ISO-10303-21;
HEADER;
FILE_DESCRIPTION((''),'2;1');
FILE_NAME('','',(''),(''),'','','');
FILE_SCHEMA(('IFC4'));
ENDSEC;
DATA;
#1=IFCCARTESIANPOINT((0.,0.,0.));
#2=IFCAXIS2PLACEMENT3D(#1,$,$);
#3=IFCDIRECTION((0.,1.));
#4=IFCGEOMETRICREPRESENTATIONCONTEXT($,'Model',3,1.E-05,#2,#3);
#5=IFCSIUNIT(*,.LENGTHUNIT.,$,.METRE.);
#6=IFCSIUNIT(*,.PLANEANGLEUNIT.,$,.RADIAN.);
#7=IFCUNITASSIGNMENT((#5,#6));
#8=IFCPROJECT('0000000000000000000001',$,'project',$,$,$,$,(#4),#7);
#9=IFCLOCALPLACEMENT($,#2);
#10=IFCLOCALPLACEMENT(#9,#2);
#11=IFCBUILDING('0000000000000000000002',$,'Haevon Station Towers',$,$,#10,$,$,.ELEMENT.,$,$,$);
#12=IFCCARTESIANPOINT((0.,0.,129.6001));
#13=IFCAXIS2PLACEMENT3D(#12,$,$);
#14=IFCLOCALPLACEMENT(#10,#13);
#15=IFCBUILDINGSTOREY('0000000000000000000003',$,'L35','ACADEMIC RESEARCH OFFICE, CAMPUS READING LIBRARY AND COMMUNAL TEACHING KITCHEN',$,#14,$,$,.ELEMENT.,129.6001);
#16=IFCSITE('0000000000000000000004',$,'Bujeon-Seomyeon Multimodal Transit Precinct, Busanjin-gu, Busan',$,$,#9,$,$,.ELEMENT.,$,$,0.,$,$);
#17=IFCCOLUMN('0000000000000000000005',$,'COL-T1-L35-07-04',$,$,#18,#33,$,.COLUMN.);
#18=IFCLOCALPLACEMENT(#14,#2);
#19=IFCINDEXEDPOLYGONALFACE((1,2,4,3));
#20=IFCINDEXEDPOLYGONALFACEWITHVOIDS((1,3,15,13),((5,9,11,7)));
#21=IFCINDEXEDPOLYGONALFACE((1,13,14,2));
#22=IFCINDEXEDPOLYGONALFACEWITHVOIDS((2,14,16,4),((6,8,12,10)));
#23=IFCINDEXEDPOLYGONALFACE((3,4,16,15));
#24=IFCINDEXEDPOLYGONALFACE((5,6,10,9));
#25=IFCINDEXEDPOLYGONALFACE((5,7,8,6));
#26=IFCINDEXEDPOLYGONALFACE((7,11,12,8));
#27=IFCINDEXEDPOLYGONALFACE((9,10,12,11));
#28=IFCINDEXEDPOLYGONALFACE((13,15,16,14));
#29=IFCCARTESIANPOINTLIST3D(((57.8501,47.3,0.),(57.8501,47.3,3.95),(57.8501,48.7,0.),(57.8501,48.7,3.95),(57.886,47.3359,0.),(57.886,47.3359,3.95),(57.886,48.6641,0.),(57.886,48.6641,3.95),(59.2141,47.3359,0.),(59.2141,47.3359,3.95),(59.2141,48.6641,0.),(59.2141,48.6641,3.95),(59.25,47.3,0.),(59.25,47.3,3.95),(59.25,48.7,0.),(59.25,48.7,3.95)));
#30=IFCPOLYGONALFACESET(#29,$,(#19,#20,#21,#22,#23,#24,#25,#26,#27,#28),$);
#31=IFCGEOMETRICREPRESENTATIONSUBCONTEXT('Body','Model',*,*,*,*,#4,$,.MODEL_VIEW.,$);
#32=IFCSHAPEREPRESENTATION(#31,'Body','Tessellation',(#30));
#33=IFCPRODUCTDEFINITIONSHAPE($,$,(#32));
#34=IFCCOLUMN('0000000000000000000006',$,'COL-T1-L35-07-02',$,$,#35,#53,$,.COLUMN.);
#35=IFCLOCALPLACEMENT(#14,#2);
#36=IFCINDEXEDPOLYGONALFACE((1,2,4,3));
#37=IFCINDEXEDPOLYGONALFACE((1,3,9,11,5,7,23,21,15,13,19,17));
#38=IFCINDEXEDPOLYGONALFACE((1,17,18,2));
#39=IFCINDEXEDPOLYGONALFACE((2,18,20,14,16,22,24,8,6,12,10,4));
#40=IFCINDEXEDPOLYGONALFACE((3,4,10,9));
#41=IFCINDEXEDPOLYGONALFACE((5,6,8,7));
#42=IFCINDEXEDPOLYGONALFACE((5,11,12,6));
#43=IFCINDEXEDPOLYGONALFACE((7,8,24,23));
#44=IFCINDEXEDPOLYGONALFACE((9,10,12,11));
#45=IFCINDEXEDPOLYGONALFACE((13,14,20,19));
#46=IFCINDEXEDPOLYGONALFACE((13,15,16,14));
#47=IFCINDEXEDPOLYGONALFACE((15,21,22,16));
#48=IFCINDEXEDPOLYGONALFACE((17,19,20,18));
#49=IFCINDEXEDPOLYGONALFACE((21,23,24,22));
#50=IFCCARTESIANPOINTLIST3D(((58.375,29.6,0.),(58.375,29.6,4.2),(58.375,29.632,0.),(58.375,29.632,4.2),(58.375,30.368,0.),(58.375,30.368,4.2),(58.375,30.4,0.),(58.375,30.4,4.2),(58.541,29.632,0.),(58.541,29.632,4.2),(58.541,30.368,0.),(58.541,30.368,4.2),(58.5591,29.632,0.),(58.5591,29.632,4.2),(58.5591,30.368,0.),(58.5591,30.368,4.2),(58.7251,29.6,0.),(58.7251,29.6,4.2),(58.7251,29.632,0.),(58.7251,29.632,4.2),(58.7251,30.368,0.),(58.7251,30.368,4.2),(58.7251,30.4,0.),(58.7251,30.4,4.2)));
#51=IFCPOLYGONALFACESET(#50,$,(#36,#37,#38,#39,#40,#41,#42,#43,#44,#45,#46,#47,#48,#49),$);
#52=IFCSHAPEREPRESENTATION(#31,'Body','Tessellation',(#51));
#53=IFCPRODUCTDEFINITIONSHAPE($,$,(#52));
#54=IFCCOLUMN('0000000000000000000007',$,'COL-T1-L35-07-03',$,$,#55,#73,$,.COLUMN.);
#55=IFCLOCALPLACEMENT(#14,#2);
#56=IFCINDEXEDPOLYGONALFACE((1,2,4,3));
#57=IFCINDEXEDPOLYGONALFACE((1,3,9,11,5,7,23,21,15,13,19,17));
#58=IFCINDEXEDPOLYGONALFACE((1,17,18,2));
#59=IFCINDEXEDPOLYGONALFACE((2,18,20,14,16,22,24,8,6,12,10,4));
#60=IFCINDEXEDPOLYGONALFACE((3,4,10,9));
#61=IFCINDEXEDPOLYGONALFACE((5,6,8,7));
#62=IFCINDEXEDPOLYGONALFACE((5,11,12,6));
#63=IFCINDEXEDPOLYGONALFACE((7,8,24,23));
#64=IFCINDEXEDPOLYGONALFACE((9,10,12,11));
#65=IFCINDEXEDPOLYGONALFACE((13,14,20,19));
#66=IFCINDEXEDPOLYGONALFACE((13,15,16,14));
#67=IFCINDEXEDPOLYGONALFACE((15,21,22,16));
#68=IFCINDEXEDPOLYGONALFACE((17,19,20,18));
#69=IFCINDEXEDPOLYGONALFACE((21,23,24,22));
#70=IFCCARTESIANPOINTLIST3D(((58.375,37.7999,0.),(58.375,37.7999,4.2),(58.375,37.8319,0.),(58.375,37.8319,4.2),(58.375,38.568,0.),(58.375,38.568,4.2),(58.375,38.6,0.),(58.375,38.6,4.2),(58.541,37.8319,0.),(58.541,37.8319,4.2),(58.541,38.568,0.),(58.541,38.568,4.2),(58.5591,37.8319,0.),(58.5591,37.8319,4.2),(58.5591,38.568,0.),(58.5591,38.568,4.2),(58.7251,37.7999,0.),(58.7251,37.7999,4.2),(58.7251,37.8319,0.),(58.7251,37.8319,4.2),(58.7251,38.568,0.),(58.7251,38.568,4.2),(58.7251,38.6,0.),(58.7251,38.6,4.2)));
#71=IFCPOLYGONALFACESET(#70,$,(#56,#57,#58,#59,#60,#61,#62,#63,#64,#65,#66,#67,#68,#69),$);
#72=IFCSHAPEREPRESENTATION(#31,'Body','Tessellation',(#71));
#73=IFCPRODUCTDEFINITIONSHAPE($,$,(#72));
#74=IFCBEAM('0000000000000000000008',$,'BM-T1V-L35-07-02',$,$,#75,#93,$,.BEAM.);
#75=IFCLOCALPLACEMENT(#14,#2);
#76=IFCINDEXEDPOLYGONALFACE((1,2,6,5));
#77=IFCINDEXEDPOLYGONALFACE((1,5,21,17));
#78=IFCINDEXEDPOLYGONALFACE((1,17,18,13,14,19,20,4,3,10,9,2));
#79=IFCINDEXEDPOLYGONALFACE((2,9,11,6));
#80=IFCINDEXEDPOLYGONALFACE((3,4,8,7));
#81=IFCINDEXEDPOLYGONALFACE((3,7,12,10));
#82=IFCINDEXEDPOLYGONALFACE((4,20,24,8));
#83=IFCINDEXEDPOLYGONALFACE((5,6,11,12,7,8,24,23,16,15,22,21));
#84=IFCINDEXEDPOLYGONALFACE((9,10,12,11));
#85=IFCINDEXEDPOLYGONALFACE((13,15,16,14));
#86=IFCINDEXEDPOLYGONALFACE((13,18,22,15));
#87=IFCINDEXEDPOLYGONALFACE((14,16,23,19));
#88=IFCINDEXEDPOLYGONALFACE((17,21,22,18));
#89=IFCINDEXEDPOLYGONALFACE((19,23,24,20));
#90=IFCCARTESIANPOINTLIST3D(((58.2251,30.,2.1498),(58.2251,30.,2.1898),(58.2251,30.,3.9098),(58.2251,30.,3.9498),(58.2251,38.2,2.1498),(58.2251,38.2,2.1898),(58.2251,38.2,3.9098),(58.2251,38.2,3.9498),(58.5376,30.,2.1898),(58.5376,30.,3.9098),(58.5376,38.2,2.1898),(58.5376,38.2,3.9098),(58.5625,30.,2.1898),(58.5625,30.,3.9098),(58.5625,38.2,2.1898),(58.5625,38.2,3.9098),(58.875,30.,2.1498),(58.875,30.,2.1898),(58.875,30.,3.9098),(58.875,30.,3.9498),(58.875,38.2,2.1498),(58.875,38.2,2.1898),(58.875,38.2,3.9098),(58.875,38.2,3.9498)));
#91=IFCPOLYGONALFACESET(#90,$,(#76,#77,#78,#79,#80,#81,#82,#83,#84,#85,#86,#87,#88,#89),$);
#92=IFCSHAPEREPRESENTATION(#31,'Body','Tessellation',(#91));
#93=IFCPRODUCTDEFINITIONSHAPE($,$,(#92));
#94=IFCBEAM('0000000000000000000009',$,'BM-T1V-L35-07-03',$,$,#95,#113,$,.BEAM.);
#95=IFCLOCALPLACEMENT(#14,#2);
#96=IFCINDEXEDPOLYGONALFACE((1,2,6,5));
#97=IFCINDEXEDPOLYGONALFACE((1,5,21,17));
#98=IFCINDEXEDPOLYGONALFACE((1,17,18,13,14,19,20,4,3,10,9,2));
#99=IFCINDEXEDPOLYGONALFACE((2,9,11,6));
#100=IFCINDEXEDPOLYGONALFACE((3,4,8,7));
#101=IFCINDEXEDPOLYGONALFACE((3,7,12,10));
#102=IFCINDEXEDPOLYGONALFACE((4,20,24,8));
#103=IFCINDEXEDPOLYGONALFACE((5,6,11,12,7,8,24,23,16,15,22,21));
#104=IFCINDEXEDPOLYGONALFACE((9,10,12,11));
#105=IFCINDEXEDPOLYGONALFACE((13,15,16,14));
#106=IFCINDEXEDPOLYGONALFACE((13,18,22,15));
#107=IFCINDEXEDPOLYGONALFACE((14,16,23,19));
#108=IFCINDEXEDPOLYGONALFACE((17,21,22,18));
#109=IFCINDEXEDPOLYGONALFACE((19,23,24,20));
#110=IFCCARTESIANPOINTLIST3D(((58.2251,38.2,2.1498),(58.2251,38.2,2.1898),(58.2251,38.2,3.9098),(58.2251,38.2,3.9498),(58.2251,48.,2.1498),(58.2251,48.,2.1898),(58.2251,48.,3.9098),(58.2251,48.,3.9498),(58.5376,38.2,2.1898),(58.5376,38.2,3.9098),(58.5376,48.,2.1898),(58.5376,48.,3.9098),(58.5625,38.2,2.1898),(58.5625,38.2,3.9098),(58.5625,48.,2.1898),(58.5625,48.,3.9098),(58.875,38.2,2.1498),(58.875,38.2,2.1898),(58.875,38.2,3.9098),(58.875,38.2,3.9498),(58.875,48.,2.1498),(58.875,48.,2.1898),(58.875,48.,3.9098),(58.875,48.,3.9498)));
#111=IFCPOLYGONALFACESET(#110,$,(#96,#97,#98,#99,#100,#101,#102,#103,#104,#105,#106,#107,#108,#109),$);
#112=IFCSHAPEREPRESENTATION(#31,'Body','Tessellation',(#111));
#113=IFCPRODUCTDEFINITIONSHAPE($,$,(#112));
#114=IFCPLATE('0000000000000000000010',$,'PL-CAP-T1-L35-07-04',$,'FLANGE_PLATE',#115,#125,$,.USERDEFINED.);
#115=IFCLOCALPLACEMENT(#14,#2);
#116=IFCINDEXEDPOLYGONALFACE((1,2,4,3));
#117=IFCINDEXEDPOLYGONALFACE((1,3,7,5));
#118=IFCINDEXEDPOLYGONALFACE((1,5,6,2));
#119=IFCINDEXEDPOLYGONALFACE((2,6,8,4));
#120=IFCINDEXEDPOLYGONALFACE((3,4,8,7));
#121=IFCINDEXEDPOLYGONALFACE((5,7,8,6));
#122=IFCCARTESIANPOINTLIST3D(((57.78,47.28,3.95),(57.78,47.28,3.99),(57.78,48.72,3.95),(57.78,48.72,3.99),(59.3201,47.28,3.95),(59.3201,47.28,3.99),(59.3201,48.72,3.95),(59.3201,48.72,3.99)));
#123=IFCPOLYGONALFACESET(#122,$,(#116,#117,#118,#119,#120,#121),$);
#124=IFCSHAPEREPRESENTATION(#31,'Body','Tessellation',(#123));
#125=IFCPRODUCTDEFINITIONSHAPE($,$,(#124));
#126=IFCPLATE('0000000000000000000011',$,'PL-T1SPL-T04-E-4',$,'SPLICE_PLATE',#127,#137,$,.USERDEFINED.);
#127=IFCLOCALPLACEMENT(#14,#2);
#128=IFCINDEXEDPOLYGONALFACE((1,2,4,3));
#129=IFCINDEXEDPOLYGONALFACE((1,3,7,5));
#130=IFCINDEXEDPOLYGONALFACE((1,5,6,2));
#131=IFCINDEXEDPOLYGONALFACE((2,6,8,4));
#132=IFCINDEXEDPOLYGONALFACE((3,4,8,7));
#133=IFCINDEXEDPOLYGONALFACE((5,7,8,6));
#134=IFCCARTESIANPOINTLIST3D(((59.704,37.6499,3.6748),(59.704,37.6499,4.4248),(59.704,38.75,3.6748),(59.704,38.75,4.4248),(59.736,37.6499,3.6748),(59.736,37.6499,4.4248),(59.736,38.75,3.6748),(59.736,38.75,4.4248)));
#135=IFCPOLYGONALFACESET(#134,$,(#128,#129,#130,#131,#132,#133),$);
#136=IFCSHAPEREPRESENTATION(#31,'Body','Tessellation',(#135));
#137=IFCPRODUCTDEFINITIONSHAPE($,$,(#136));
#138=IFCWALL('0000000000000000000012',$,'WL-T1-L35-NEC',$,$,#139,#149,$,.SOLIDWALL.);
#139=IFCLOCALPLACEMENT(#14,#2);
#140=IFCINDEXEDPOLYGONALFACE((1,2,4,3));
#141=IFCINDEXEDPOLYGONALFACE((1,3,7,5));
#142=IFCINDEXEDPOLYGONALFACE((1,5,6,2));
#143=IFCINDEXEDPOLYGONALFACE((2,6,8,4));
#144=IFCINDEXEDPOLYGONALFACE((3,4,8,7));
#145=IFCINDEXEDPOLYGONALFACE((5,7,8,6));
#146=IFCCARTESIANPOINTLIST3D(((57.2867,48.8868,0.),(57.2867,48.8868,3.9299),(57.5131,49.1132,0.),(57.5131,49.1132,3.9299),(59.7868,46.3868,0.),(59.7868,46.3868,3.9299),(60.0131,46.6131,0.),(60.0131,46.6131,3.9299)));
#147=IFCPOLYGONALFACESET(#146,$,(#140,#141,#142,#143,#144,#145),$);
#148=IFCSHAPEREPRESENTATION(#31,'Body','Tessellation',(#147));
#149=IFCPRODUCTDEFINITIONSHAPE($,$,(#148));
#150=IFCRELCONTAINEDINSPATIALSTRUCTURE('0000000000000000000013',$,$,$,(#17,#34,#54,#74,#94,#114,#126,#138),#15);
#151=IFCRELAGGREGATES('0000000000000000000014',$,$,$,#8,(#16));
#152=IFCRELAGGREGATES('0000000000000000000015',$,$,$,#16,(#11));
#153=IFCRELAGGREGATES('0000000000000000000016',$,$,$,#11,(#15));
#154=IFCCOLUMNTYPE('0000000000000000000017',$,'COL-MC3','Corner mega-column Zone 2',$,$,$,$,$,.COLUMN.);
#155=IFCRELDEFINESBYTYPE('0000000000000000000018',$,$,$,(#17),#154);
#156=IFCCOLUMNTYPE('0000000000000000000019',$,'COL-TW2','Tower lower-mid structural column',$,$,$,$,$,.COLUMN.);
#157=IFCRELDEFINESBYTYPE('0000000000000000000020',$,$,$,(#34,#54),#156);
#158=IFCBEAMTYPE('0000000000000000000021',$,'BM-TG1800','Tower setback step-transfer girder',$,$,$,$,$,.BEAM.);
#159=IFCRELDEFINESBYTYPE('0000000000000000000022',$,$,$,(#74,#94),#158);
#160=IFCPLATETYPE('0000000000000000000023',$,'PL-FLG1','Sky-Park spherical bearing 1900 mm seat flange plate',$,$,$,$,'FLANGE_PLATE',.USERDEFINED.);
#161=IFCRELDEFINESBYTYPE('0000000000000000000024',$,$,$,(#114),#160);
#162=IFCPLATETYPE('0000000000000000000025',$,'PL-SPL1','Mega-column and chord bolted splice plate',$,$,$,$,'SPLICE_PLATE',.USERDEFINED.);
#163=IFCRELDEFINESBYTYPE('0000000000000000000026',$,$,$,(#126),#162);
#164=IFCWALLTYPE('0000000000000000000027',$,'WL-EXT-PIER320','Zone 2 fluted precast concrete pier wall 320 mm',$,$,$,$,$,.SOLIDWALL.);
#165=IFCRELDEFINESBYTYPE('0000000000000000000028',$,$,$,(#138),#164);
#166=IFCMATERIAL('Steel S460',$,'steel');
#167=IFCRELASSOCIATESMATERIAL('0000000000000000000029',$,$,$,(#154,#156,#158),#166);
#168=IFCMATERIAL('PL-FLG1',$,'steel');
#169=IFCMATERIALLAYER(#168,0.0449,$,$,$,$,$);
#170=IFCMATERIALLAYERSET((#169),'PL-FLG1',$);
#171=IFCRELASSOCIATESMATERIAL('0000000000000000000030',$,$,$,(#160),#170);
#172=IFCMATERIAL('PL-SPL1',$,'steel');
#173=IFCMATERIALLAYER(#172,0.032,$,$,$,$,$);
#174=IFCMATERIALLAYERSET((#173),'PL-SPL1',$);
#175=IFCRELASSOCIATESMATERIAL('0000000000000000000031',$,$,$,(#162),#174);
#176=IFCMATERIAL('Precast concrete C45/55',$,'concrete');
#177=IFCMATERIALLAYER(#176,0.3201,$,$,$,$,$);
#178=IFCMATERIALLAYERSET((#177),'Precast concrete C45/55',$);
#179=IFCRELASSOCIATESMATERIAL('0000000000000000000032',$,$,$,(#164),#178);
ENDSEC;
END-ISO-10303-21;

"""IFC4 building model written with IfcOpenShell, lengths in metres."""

from ifc_helpers import new_model, si_unit, direction, frame, frame_2d, origin, origin_2d, place, context, subcontext, project, spatial, rectangle, hollow_rectangle, i_section, extrude, material, layer, layer_set, material_profile, profile_set, type_object, element, save


model = new_model("IFC4")

# Units and contexts
model_context = context("Model", 3, precision=1e-05, world=origin(), true_north=direction((0.0, 1.0)))
body_context = subcontext(model_context, "Body", "Model", "MODEL_VIEW")
ifc_project = project(units=[si_unit("LENGTHUNIT", "METRE"), si_unit("PLANEANGLEUNIT", "RADIAN")], contexts=[model_context])

# Site, building, storey
site_placement = place(None, origin())
site = spatial("IfcSite", under=ifc_project, at=site_placement, Name="Bujeon-Seomyeon Multimodal Transit Precinct, Busanjin-gu, Busan", CompositionType="ELEMENT", RefElevation=0.0)
building_placement = place(site_placement, origin())
building = spatial("IfcBuilding", under=site, at=building_placement, Name="Haevon Station Towers", CompositionType="ELEMENT")
storey_placement = place(building_placement, frame((0.0, 0.0, 129.6001)))
storey = spatial("IfcBuildingStorey", under=building, at=storey_placement, Name="L35", Description="ACADEMIC RESEARCH OFFICE, CAMPUS READING LIBRARY AND COMMUNAL TEACHING KITCHEN", CompositionType="ELEMENT", Elevation=129.6001)

# Columns
ifc_material_1 = material(Name="Steel S460", Category="steel")
ifc_material_profile_1 = material_profile(ifc_material_1, hollow_rectangle(XDim=1.3999, YDim=1.3999, WallThickness=0.0359, at=origin_2d()), Name="BOX-1400x1400x36")
ifc_profile_set_1 = profile_set([ifc_material_profile_1], Name="Steel S460")
column_type_1 = type_object("IfcColumnType", Name="COL-MC3", Description="Corner mega-column Zone 2", PredefinedType="COLUMN", material=ifc_profile_set_1)
column_placement = place(storey_placement, frame((58.55, 48.0, 0.0), z_axis=(0.0, 0.0, 1.0), x_axis=(1.0, 0.0, 0.0)))
element("IfcColumn", 1, at=column_placement, inside=storey, type_object=column_type_1, Name="COL-T1-L35-07-04", PredefinedType="COLUMN", context=body_context, shape_type="SweptSolid", body=[
    extrude(hollow_rectangle(XDim=1.3999, YDim=1.3999, WallThickness=0.0359, at=origin_2d()), origin(), (0.0, 0.0, 1.0), 3.95),
])
ifc_material_profile_2 = material_profile(ifc_material_1, i_section(OverallWidth=0.3501, OverallDepth=0.8, WebThickness=0.0181, FlangeThickness=0.032, at=origin_2d()), Name="H-800x350x18x32")
ifc_profile_set_2 = profile_set([ifc_material_profile_2], Name="Steel S460")
column_type_2 = type_object("IfcColumnType", Name="COL-TW2", Description="Tower lower-mid structural column", PredefinedType="COLUMN", material=ifc_profile_set_2)
for number, where, z_axis, x_axis, name in (
    (2, (58.55, 30.0, 0.0), (0.0, 0.0, 1.0), (1.0, 0.0, 0.0), "COL-T1-L35-07-02"),
    (3, (58.55, 38.2, 0.0), (0.0, 0.0, 1.0), (1.0, 0.0, 0.0), "COL-T1-L35-07-03"),
):
    element("IfcColumn", number, at=place(storey_placement, frame(where, z_axis=z_axis, x_axis=x_axis)), inside=storey, type_object=column_type_2, Name=name, PredefinedType="COLUMN", context=body_context, shape_type="SweptSolid", body=[
        extrude(i_section(OverallWidth=0.3501, OverallDepth=0.8, WebThickness=0.0181, FlangeThickness=0.032, at=origin_2d()), origin(), (0.0, 0.0, 1.0), 4.2),
    ])

# Beams
ifc_material_profile_3 = material_profile(ifc_material_1, i_section(OverallWidth=0.6499, OverallDepth=1.8, WebThickness=0.0249, FlangeThickness=0.04, at=origin_2d()), Name="H-1800x650x25x40")
ifc_profile_set_3 = profile_set([ifc_material_profile_3], Name="Steel S460")
beam_type = type_object("IfcBeamType", Name="BM-TG1800", Description="Tower setback step-transfer girder", PredefinedType="BEAM", material=ifc_profile_set_3)
beam_1_placement = place(storey_placement, frame((58.55, 30.0, 3.0498), z_axis=(0.0, 1.0, 0.0), x_axis=(-1.0, 0.0, 0.0)))
element("IfcBeam", 4, at=beam_1_placement, inside=storey, type_object=beam_type, Name="BM-T1V-L35-07-02", PredefinedType="BEAM", context=body_context, shape_type="SweptSolid", body=[
    extrude(i_section(OverallWidth=0.6499, OverallDepth=1.8, WebThickness=0.0249, FlangeThickness=0.04, at=origin_2d()), origin(), (0.0, 0.0, 1.0), 8.2),
])
beam_2_placement = place(storey_placement, frame((58.55, 38.2, 3.0498), z_axis=(0.0, 1.0, 0.0), x_axis=(-1.0, 0.0, 0.0)))
element("IfcBeam", 5, at=beam_2_placement, inside=storey, type_object=beam_type, Name="BM-T1V-L35-07-03", PredefinedType="BEAM", context=body_context, shape_type="SweptSolid", body=[
    extrude(i_section(OverallWidth=0.6499, OverallDepth=1.8, WebThickness=0.0249, FlangeThickness=0.04, at=origin_2d()), origin(), (0.0, 0.0, 1.0), 9.8),
])

# Plates
ifc_material_2 = material(Name="PL-FLG1", Category="steel")
ifc_layer_1 = layer(ifc_material_2, 0.0449)
ifc_layer_set_1 = layer_set([ifc_layer_1], Name="PL-FLG1")
plate_type_1 = type_object("IfcPlateType", Name="PL-FLG1", Description="Sky-Park spherical bearing 1900 mm seat flange plate", ElementType="FLANGE_PLATE", PredefinedType="USERDEFINED", material=ifc_layer_set_1)
plate_1_placement = place(storey_placement, frame((58.55, 48.0, 3.95), z_axis=(0.0, 0.0, 1.0), x_axis=(1.0, 0.0, 0.0)))
element("IfcPlate", 6, at=plate_1_placement, inside=storey, type_object=plate_type_1, Name="PL-CAP-T1-L35-07-04", ObjectType="FLANGE_PLATE", PredefinedType="USERDEFINED", context=body_context, shape_type="SweptSolid", body=[
    extrude(rectangle(XDim=1.54, YDim=1.4399, at=origin_2d()), origin(), (0.0, 0.0, 1.0), 0.04),
])
ifc_material_3 = material(Name="PL-SPL1", Category="steel")
ifc_layer_2 = layer(ifc_material_3, 0.032)
ifc_layer_set_2 = layer_set([ifc_layer_2], Name="PL-SPL1")
plate_type_2 = type_object("IfcPlateType", Name="PL-SPL1", Description="Mega-column and chord bolted splice plate", ElementType="SPLICE_PLATE", PredefinedType="USERDEFINED", material=ifc_layer_set_2)
plate_2_placement = place(storey_placement, frame((59.72, 38.2, 3.6748), z_axis=(0.0, 0.0, 1.0), x_axis=(0.0, 1.0, 0.0)))
element("IfcPlate", 7, at=plate_2_placement, inside=storey, type_object=plate_type_2, Name="PL-T1SPL-T04-E-4", ObjectType="SPLICE_PLATE", PredefinedType="USERDEFINED", context=body_context, shape_type="SweptSolid", body=[
    extrude(rectangle(XDim=1.1001, YDim=0.032, at=origin_2d()), origin(), (0.0, 0.0, 1.0), 0.75),
])

# Wall
ifc_material_4 = material(Name="Precast concrete C45/55", Category="concrete")
ifc_layer_3 = layer(ifc_material_4, 0.3201)
ifc_layer_set_3 = layer_set([ifc_layer_3], Name="Precast concrete C45/55")
wall_type_1 = type_object("IfcWallType", Name="WL-EXT-PIER320", Description="Zone 2 fluted precast concrete pier wall 320 mm", PredefinedType="SOLIDWALL", material=ifc_layer_set_3)
wall_1_placement = place(storey_placement, frame((57.3999, 49.0, 0.0), z_axis=(0.0, 0.0, 1.0), x_axis=(0.707107, -0.707107, 0.0)))
element("IfcWall", 8, at=wall_1_placement, inside=storey, type_object=wall_type_1, Name="WL-T1-L35-NEC", PredefinedType="SOLIDWALL", context=body_context, shape_type="SweptSolid", body=[
    extrude(rectangle(XDim=3.5356, YDim=0.3201, at=frame_2d((1.7678, 0.0))), origin(), (0.0, 0.0, 1.0), 3.9299),
])

save(model, "model.ifc")
